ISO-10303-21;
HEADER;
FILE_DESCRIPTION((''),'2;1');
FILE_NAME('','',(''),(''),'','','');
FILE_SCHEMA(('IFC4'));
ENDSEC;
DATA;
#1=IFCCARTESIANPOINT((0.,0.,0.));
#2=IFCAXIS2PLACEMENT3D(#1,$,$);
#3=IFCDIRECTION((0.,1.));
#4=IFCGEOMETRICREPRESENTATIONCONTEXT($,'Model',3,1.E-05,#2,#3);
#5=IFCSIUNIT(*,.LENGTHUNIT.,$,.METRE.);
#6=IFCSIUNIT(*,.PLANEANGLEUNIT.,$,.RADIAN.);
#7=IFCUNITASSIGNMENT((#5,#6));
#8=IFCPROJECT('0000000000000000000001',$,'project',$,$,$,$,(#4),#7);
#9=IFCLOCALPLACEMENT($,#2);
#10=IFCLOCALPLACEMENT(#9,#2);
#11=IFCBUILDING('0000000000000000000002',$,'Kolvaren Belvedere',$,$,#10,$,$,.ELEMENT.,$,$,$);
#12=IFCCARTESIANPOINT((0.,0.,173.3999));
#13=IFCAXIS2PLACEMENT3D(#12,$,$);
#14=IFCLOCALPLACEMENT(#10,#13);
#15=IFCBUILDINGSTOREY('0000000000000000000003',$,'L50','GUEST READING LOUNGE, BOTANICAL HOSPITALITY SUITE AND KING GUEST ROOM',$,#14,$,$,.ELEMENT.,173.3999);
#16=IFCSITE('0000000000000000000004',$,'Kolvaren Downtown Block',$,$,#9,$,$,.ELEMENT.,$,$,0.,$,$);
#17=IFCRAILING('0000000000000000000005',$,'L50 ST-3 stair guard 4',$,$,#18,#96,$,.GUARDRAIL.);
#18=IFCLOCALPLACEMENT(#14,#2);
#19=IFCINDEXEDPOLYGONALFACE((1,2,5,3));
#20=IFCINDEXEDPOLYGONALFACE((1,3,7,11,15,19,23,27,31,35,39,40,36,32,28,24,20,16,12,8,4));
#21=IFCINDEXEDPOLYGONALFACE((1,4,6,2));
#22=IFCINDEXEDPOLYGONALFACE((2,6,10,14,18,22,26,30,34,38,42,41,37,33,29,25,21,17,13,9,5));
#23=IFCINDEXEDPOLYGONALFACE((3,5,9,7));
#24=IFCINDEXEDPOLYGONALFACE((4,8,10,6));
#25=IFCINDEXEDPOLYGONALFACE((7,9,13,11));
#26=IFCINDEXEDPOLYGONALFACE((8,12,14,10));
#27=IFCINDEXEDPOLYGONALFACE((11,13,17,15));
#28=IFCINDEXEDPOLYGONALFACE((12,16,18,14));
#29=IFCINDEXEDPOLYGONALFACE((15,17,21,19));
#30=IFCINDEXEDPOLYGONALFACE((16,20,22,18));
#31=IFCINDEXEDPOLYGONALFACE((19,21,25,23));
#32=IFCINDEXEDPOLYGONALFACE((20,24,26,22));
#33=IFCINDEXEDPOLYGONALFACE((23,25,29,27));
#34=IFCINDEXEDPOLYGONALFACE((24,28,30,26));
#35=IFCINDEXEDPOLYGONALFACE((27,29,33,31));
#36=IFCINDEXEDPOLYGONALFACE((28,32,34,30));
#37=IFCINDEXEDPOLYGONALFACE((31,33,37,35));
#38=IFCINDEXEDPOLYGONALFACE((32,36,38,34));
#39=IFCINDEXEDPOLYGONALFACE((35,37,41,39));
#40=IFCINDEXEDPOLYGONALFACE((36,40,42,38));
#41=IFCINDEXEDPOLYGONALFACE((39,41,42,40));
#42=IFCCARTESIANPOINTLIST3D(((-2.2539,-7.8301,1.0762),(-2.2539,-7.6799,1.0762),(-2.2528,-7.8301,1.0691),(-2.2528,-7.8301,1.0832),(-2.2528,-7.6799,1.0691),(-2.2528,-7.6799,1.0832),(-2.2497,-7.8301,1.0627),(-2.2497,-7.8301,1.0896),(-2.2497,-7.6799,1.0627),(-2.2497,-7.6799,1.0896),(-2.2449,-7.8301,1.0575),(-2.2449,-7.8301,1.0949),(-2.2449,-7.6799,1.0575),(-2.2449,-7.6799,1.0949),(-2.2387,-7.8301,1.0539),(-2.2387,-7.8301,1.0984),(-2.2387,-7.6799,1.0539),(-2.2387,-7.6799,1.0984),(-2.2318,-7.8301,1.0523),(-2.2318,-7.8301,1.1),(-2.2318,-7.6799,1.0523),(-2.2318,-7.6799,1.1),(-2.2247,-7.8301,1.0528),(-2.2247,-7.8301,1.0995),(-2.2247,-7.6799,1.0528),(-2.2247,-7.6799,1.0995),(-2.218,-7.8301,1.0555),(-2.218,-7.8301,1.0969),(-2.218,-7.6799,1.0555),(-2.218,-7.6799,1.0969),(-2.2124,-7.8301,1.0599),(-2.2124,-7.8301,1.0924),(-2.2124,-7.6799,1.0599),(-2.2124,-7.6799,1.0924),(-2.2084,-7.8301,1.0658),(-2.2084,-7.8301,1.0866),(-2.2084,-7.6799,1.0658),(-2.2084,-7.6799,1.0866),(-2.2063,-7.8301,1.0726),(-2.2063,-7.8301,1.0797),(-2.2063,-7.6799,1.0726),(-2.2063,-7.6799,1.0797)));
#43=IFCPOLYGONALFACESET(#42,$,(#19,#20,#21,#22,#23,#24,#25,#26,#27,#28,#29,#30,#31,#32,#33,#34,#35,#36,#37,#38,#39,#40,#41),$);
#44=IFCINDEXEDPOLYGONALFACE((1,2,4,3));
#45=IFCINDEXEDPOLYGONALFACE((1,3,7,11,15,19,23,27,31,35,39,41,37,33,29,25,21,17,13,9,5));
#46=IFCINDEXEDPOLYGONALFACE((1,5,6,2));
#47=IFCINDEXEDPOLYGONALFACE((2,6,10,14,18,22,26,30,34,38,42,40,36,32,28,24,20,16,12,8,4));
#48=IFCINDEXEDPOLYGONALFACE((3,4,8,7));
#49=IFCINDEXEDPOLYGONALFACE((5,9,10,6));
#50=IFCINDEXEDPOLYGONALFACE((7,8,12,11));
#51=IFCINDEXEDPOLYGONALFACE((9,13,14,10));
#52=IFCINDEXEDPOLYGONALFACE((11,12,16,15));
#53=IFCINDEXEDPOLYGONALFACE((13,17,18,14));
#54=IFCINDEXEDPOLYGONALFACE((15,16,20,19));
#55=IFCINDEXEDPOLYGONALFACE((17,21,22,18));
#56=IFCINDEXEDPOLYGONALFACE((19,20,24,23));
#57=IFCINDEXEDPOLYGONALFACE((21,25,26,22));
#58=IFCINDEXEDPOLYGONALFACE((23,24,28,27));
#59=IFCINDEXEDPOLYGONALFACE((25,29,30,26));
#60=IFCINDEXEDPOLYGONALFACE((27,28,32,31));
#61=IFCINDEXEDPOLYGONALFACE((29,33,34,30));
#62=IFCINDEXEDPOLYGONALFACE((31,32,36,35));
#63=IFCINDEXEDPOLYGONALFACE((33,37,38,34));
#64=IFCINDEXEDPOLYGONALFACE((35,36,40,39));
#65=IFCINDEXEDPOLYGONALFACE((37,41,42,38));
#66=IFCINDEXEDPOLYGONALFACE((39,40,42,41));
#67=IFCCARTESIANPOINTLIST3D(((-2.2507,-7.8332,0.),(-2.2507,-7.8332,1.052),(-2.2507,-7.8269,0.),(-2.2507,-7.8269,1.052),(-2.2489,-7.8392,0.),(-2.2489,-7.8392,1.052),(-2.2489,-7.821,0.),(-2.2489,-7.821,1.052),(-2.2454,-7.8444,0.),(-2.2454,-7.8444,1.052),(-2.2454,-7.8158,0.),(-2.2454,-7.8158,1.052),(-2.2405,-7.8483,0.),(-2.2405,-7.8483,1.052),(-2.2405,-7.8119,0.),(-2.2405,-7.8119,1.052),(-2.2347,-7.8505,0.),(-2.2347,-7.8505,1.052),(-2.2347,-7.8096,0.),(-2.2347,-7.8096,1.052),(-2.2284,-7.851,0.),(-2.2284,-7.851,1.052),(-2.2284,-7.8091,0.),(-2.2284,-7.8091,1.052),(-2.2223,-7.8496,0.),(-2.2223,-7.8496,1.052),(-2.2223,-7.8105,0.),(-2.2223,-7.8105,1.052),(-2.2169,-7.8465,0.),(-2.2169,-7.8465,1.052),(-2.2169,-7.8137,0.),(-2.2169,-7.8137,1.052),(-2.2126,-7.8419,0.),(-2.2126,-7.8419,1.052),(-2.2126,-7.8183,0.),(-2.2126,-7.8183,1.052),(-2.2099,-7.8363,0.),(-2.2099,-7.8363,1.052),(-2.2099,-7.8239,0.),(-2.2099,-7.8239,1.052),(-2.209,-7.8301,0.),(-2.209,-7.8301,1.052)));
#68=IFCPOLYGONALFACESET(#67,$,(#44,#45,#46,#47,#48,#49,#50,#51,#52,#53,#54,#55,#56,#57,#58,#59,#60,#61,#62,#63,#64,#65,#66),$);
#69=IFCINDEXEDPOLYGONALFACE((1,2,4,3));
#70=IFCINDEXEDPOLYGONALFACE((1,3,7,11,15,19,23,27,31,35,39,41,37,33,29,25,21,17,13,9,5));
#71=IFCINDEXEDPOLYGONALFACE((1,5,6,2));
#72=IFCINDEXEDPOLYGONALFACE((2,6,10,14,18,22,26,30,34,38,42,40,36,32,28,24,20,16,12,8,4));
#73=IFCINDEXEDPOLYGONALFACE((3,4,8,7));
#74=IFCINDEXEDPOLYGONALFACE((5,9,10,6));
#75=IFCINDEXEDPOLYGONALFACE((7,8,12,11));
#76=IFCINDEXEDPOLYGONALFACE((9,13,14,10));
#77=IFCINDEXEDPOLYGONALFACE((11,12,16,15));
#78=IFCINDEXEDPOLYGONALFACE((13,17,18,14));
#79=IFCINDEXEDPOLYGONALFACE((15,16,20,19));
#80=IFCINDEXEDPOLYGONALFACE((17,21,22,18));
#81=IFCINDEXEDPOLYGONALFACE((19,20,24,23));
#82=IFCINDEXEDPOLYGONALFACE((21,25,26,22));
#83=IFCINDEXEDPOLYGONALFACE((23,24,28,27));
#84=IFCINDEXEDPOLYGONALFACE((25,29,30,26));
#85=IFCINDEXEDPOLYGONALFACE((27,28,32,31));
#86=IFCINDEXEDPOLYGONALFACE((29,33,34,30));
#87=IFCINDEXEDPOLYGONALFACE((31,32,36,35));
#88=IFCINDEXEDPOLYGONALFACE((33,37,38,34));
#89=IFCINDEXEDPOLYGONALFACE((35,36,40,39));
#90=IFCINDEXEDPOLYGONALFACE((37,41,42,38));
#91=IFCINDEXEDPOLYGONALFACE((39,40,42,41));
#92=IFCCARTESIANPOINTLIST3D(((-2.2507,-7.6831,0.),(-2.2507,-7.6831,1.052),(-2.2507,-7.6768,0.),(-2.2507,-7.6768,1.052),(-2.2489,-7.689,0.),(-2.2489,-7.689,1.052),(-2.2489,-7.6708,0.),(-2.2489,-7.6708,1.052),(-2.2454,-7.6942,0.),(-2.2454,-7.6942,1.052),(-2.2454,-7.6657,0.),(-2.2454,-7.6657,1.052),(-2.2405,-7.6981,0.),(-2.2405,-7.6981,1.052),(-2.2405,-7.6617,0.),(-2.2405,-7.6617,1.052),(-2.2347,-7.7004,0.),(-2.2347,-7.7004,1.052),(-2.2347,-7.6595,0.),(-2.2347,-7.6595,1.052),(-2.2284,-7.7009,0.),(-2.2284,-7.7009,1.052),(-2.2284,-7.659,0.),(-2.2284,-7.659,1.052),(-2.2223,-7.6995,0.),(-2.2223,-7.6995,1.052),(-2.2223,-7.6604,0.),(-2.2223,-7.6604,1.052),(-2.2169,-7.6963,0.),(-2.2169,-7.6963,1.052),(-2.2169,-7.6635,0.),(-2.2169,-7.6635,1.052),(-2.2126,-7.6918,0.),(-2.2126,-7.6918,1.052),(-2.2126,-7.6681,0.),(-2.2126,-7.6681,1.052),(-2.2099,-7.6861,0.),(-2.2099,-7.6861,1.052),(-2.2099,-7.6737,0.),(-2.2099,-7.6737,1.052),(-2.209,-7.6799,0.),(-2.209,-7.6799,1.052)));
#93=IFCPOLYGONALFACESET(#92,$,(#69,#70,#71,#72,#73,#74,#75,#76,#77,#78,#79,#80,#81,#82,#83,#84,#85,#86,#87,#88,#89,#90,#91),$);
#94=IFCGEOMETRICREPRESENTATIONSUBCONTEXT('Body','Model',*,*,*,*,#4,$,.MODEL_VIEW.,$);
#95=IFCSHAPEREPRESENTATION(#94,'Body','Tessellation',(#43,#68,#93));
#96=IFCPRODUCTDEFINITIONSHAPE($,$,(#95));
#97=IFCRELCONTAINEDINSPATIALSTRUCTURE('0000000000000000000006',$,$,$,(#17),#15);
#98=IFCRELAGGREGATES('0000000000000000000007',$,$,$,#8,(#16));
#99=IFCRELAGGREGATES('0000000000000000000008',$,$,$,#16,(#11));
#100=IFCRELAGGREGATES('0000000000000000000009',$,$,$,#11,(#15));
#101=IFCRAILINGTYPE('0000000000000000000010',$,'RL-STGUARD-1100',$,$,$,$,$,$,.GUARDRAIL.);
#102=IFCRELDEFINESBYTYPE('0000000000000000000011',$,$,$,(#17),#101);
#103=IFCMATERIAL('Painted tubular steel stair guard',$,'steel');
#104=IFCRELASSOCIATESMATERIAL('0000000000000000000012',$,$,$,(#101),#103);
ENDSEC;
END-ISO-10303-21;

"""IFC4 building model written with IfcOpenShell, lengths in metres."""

from ifc_helpers import new_model, si_unit, direction, frame, origin, origin_2d, place, context, subcontext, project, spatial, circle, extrude, material, type_object, element, save


model = new_model("IFC4")

# Units and contexts
model_context = context("Model", 3, precision=1e-05, world=origin(), true_north=direction((0.0, 1.0)))
body_context = subcontext(model_context, "Body", "Model", "MODEL_VIEW")
ifc_project = project(units=[si_unit("LENGTHUNIT", "METRE"), si_unit("PLANEANGLEUNIT", "RADIAN")], contexts=[model_context])

# Site, building, storey
site_placement = place(None, origin())
site = spatial("IfcSite", under=ifc_project, at=site_placement, Name="Kolvaren Downtown Block", CompositionType="ELEMENT", RefElevation=0.0)
building_placement = place(site_placement, origin())
building = spatial("IfcBuilding", under=site, at=building_placement, Name="Kolvaren Belvedere", CompositionType="ELEMENT")
storey_placement = place(building_placement, frame((0.0, 0.0, 173.3999)))
storey = spatial("IfcBuildingStorey", under=building, at=storey_placement, Name="L50", Description="GUEST READING LOUNGE, BOTANICAL HOSPITALITY SUITE AND KING GUEST ROOM", CompositionType="ELEMENT", Elevation=173.3999)

# Railing
ifc_material_1 = material(Name="Painted tubular steel stair guard", Category="steel")
railing_type_1 = type_object("IfcRailingType", Name="RL-STGUARD-1100", PredefinedType="GUARDRAIL", material=ifc_material_1)
railing_1_placement = place(storey_placement, frame((-2.23, -7.8301, 0.0)))
element("IfcRailing", 1, at=railing_1_placement, inside=storey, type_object=railing_type_1, Name="L50 ST-3 stair guard 4", PredefinedType="GUARDRAIL", context=body_context, shape_type="SweptSolid", body=[
    extrude(circle(Radius=0.0239, at=origin_2d()), frame((0.0, 0.0, 1.0762), z_axis=(0.0, 1.0, 0.0), x_axis=(-1.0, 0.0, 0.0)), (0.0, 0.0, 1.0), 0.1501),
    extrude(circle(Radius=0.021, at=origin_2d()), origin(), (0.0, 0.0, 1.0), 1.052),
    extrude(circle(Radius=0.021, at=origin_2d()), frame((0.0, 0.1501, 0.0)), (0.0, 0.0, 1.0), 1.052),
])

save(model, "model.ifc")
